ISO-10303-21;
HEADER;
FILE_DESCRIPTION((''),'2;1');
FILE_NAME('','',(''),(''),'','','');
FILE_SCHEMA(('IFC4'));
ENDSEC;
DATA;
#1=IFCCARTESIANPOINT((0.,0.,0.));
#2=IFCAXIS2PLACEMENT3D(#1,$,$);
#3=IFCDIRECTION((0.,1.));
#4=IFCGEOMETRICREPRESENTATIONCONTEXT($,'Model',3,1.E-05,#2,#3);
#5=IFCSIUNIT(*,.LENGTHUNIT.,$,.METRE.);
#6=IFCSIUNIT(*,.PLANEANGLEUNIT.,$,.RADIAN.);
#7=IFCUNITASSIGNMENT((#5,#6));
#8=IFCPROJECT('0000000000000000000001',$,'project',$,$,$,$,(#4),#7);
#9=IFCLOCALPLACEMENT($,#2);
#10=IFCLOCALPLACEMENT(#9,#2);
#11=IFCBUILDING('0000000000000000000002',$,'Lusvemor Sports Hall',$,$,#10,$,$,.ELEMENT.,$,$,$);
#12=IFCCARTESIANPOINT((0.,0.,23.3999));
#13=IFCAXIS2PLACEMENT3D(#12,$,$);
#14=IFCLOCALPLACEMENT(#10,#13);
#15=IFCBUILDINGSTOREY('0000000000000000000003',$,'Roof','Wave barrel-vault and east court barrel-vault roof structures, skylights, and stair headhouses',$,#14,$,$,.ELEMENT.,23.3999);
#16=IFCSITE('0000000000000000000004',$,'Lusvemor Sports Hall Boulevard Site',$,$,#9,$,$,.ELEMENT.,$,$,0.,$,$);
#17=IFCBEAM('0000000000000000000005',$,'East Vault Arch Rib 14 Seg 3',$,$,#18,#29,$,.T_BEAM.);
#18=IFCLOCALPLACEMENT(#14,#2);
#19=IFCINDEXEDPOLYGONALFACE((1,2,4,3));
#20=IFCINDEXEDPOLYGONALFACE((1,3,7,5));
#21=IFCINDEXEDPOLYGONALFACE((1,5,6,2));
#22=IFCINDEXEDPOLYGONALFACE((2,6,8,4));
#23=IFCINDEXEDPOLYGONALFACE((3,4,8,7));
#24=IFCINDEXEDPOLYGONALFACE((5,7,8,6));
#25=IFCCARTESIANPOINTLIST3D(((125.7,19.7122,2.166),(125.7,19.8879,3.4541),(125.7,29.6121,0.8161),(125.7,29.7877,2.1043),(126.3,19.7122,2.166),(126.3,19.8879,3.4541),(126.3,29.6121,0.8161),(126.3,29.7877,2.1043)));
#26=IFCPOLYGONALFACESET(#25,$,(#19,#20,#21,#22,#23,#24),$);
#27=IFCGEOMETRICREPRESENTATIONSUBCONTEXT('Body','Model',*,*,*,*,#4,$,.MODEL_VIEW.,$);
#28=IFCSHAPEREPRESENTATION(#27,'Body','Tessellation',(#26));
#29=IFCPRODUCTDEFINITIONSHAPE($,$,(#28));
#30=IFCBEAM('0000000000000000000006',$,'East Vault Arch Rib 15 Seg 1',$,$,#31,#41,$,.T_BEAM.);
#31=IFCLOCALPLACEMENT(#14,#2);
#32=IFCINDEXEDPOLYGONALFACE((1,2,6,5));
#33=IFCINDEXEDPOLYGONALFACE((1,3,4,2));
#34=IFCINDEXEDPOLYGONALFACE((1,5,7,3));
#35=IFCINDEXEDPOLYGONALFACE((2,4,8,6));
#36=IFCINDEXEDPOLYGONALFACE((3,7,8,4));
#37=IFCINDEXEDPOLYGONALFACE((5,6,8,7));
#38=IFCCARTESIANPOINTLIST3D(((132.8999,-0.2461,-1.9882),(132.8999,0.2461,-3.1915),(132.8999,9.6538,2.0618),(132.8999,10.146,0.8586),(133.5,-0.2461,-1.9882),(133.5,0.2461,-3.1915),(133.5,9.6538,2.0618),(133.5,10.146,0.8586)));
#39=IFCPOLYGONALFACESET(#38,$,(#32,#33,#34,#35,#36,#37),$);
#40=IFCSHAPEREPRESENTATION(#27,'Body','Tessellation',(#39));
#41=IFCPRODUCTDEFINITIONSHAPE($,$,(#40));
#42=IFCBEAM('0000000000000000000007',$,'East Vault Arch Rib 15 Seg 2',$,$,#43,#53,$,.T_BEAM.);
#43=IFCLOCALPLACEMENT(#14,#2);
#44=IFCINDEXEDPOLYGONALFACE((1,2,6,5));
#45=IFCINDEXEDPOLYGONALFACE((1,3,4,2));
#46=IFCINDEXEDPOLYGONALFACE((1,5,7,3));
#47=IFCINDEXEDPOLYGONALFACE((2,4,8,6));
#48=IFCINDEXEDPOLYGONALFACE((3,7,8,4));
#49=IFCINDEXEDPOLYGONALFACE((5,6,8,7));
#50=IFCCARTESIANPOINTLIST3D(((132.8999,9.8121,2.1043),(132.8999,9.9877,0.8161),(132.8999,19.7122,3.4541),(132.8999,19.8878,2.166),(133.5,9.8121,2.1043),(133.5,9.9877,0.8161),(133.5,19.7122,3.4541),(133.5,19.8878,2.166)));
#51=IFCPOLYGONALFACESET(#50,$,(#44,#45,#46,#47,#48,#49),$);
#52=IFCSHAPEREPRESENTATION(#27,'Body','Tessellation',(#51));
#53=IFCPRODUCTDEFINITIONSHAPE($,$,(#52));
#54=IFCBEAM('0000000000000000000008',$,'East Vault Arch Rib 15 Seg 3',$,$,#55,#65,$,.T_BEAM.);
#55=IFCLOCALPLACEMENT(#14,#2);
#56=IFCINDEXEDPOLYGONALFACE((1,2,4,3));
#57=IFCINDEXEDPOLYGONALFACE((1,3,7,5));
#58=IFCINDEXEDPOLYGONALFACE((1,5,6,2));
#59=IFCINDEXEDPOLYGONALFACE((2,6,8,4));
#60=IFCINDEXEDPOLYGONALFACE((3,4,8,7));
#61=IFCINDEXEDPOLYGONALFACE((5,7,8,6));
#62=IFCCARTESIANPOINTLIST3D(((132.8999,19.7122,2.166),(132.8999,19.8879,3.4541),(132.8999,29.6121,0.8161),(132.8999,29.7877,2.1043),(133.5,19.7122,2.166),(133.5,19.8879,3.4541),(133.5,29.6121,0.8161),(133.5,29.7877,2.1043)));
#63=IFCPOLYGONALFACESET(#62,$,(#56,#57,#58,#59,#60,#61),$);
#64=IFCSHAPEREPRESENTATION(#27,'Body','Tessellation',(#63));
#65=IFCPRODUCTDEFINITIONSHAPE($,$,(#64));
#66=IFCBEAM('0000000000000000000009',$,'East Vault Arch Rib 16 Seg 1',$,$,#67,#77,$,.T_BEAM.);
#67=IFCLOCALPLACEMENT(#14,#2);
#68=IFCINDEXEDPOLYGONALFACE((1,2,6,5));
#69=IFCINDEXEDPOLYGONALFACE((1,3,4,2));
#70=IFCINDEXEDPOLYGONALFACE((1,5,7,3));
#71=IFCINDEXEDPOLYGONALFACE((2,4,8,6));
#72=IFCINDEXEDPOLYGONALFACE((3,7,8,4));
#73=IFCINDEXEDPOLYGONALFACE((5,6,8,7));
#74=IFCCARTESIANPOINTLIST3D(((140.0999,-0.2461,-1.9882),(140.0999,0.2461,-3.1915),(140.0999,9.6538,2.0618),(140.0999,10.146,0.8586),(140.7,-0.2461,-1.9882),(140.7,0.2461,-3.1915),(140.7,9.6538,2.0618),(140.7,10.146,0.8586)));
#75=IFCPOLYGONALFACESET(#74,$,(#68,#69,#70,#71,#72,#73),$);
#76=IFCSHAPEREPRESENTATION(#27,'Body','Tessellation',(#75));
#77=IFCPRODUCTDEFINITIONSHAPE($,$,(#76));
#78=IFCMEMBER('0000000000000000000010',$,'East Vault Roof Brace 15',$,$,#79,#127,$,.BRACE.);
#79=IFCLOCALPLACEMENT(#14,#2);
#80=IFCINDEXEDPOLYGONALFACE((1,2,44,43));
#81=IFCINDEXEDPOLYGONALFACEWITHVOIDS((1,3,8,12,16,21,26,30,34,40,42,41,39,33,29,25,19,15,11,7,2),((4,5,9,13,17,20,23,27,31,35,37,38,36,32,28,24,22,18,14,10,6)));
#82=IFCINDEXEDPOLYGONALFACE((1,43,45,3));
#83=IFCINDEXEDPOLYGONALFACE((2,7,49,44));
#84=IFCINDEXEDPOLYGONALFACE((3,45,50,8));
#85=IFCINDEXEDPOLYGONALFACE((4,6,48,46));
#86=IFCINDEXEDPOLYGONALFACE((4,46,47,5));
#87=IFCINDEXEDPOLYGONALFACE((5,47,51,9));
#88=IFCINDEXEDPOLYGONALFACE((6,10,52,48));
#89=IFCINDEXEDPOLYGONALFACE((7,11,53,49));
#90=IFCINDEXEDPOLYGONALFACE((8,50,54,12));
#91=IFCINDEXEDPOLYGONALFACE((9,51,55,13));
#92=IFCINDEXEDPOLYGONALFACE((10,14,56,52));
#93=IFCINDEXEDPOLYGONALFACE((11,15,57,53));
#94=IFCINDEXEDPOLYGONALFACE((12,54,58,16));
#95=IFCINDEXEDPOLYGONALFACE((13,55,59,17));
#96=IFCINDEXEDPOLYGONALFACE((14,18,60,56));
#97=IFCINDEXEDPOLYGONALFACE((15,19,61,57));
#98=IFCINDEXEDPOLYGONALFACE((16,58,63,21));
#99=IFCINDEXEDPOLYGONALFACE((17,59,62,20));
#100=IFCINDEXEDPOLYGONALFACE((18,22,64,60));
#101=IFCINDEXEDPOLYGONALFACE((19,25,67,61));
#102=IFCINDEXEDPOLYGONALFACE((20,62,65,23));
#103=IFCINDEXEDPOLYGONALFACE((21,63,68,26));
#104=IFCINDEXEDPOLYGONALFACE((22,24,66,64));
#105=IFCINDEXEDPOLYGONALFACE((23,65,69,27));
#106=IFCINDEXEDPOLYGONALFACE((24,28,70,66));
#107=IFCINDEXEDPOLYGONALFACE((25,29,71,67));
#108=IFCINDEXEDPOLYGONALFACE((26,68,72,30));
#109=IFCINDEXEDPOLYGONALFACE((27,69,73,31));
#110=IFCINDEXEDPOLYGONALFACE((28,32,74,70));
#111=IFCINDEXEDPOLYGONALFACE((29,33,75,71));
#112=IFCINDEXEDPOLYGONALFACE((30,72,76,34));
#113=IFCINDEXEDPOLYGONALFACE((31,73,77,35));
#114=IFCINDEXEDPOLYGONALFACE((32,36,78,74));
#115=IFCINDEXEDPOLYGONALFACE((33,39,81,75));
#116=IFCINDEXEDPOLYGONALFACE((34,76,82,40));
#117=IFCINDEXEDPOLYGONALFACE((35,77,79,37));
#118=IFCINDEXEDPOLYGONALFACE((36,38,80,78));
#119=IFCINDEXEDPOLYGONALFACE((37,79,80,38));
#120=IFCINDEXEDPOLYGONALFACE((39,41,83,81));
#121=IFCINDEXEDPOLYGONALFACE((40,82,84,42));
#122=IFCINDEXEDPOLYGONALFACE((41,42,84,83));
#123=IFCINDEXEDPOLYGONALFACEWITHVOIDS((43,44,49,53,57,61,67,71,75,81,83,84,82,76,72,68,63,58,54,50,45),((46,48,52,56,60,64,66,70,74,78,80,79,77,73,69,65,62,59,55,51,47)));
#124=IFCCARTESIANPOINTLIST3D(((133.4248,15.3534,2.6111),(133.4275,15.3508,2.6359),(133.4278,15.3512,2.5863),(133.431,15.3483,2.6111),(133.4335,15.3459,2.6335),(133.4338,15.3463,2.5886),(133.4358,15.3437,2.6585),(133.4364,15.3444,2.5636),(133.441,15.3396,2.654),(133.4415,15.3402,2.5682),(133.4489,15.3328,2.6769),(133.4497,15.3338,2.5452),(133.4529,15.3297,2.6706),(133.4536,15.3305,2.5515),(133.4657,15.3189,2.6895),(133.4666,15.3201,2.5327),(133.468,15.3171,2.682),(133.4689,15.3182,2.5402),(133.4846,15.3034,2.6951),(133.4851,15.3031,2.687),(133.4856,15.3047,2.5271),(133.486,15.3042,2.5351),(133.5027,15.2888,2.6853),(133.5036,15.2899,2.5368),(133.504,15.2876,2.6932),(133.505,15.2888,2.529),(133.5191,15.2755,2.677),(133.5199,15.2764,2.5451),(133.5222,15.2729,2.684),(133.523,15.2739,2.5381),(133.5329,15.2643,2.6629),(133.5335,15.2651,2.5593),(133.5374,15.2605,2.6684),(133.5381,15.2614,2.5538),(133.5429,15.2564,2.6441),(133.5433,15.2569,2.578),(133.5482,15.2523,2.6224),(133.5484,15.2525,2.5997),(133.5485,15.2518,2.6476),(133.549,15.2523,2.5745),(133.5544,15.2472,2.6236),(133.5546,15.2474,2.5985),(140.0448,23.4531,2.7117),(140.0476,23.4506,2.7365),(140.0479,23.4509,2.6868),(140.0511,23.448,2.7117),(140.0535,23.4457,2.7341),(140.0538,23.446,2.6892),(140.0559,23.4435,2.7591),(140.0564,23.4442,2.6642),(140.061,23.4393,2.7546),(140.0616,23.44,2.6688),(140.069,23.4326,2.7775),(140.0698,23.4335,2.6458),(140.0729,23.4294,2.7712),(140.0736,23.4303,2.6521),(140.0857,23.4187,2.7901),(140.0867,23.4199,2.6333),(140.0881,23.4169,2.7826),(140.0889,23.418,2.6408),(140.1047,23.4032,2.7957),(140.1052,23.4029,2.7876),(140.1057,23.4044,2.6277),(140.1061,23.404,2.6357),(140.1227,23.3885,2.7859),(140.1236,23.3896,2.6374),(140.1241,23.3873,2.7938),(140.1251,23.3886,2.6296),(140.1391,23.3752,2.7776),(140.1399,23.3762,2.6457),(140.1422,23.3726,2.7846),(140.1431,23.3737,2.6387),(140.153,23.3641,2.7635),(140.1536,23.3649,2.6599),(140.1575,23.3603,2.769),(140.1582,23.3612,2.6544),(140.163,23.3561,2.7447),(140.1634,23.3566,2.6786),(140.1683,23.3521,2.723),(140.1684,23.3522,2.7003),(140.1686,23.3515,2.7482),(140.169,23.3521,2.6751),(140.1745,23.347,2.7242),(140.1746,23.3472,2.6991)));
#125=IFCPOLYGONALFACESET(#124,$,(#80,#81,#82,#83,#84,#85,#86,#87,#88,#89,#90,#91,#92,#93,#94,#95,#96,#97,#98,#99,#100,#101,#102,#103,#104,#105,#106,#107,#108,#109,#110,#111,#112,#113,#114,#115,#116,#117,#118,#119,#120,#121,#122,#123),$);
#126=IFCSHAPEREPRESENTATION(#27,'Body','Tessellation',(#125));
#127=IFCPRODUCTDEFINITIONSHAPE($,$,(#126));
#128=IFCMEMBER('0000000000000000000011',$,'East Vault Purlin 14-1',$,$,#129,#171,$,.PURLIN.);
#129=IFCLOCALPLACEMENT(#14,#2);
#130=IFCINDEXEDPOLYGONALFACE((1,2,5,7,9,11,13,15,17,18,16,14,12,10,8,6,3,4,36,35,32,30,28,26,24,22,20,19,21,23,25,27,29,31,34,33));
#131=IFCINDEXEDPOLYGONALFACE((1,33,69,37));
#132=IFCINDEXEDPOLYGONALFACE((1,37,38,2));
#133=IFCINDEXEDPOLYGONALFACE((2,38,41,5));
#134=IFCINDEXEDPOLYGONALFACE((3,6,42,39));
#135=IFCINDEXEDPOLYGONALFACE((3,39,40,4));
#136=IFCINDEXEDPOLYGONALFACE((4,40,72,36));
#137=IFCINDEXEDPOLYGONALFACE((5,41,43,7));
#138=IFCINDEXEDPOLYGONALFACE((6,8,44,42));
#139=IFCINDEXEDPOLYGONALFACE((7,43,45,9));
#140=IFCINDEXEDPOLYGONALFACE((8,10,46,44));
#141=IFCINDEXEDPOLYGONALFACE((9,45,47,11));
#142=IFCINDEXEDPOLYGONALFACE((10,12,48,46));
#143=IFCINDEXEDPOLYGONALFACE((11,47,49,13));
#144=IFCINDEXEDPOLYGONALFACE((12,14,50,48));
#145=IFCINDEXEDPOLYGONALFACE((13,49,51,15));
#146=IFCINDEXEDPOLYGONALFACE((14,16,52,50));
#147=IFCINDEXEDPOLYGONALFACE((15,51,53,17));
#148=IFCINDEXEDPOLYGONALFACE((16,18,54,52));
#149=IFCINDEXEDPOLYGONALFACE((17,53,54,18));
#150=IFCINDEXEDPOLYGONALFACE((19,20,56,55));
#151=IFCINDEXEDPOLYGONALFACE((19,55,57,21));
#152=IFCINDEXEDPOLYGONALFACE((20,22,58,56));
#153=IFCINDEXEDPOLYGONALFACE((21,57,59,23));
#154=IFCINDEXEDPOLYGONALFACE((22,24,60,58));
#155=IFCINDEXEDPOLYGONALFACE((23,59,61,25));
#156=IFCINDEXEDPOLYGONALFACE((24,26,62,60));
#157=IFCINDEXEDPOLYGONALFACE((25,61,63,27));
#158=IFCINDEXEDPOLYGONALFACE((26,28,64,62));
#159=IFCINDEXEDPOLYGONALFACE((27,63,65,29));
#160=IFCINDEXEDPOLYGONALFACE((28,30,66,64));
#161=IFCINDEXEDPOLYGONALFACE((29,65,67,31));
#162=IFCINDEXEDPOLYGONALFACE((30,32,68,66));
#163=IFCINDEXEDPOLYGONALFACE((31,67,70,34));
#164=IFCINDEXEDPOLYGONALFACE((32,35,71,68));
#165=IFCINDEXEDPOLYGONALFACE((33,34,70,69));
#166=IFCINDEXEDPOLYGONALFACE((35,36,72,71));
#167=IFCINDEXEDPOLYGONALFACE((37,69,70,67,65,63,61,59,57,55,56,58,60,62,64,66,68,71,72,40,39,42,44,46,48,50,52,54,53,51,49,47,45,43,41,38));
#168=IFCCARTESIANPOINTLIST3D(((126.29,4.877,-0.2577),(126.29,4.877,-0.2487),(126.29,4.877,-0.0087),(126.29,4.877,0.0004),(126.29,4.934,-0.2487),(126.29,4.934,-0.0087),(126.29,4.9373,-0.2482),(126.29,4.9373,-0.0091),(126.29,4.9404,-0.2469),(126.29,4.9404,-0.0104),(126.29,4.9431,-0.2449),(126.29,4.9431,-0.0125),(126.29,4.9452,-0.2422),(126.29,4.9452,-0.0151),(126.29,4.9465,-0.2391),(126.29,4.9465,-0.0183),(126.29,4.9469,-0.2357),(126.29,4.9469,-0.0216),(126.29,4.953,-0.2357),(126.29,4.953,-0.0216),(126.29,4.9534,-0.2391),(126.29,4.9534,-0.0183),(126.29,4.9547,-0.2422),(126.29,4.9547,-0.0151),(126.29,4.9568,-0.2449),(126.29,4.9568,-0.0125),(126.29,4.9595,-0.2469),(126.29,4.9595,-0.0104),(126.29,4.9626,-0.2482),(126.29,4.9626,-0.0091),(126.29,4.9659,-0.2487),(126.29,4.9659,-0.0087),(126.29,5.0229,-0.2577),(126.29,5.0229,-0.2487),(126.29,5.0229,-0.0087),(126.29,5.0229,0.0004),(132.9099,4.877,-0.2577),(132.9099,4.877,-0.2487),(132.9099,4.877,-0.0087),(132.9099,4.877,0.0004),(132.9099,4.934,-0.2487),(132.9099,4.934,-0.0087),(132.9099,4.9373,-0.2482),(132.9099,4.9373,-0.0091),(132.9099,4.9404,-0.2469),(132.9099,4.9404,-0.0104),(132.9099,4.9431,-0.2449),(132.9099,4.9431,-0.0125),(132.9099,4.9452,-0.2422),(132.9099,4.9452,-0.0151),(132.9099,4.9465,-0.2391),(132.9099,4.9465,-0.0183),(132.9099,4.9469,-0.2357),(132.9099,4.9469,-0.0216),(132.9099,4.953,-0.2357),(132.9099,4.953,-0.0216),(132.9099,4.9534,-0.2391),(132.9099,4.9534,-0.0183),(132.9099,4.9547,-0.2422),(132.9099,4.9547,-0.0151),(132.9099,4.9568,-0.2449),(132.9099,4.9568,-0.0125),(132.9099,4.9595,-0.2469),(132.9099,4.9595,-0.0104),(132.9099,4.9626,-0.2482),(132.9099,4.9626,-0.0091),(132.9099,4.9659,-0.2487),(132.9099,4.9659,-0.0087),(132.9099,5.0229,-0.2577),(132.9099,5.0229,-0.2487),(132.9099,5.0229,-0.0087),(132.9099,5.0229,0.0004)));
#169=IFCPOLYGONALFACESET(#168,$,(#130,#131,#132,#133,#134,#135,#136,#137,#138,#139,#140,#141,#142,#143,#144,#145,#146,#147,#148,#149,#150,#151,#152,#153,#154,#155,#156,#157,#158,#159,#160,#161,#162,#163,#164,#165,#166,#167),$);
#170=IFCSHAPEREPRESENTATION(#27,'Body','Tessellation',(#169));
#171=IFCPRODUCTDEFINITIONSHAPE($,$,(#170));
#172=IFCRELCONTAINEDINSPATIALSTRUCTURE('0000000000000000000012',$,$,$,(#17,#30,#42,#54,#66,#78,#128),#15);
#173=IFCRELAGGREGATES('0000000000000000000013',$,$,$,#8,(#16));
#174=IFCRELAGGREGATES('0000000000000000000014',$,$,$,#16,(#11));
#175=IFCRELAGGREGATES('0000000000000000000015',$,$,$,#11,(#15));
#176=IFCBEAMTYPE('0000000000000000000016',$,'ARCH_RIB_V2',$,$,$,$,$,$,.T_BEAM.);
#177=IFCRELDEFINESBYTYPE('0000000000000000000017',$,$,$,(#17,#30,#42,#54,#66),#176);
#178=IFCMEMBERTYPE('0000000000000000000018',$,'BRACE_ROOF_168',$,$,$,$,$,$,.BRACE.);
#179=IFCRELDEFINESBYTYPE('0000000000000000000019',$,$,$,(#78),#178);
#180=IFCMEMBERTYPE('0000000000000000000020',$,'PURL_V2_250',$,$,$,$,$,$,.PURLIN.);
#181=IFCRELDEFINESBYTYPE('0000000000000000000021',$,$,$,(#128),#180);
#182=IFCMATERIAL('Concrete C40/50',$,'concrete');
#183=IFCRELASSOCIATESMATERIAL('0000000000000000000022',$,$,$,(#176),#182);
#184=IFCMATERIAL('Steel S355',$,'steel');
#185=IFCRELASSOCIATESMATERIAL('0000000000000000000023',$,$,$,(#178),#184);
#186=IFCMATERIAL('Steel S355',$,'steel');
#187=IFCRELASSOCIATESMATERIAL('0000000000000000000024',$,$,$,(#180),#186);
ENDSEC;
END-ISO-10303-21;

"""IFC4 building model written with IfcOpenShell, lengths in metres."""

from ifc_helpers import new_model, si_unit, direction, frame, origin, origin_2d, place, context, subcontext, project, spatial, rectangle, hollow_circle, i_section, extrude, material, material_profile, profile_set, type_object, element, save


model = new_model("IFC4")

# Units and contexts
model_context = context("Model", 3, precision=1e-05, world=origin(), true_north=direction((0.0, 1.0)))
body_context = subcontext(model_context, "Body", "Model", "MODEL_VIEW")
ifc_project = project(units=[si_unit("LENGTHUNIT", "METRE"), si_unit("PLANEANGLEUNIT", "RADIAN")], contexts=[model_context])

# Site, building, storey
site_placement = place(None, origin())
site = spatial("IfcSite", under=ifc_project, at=site_placement, Name="Lusvemor Sports Hall Boulevard Site", CompositionType="ELEMENT", RefElevation=0.0)
building_placement = place(site_placement, origin())
building = spatial("IfcBuilding", under=site, at=building_placement, Name="Lusvemor Sports Hall", CompositionType="ELEMENT")
storey_placement = place(building_placement, frame((0.0, 0.0, 23.3999)))
storey = spatial("IfcBuildingStorey", under=building, at=storey_placement, Name="Roof", Description="Wave barrel-vault and east court barrel-vault roof structures, skylights, and stair headhouses", CompositionType="ELEMENT", Elevation=23.3999)

# Beams
ifc_material_1 = material(Name="Concrete C40/50", Category="concrete")
ifc_material_profile_1 = material_profile(ifc_material_1, rectangle(XDim=0.6001, YDim=1.3, at=origin_2d()), Name="RC600x1300")
ifc_profile_set_1 = profile_set([ifc_material_profile_1], Name="Concrete C40/50")
beam_type_1 = type_object("IfcBeamType", Name="ARCH_RIB_V2", PredefinedType="T_BEAM", material=ifc_profile_set_1)
beam_1_placement = place(storey_placement, frame((126.0, 19.8, 2.8101), z_axis=(0.0, 0.990832, -0.1351), x_axis=(-1.0, 0.0, 0.0)))
element("IfcBeam", 1, at=beam_1_placement, inside=storey, type_object=beam_type_1, Name="East Vault Arch Rib 14 Seg 3", PredefinedType="T_BEAM", context=body_context, shape_type="SweptSolid", body=[
    extrude(rectangle(XDim=0.6001, YDim=1.3, at=origin_2d()), origin(), (0.0, 0.0, 1.0), 9.9915),
])
beam_2_placement = place(storey_placement, frame((133.2, 0.0, -2.5898), z_axis=(0.0, 0.925544, 0.37864), x_axis=(-1.0, 0.0, 0.0)))
element("IfcBeam", 2, at=beam_2_placement, inside=storey, type_object=beam_type_1, Name="East Vault Arch Rib 15 Seg 1", PredefinedType="T_BEAM", context=body_context, shape_type="SweptSolid", body=[
    extrude(rectangle(XDim=0.6001, YDim=1.3, at=origin_2d()), origin(), (0.0, 0.0, 1.0), 10.6963),
])
beam_3_placement = place(storey_placement, frame((133.2, 9.8999, 1.4602), z_axis=(0.0, 0.990832, 0.135097), x_axis=(-1.0, 0.0, 0.0)))
element("IfcBeam", 3, at=beam_3_placement, inside=storey, type_object=beam_type_1, Name="East Vault Arch Rib 15 Seg 2", PredefinedType="T_BEAM", context=body_context, shape_type="SweptSolid", body=[
    extrude(rectangle(XDim=0.6001, YDim=1.3, at=origin_2d()), origin(), (0.0, 0.0, 1.0), 9.9917),
])
beam_4_placement = place(storey_placement, frame((133.2, 19.8, 2.8101), z_axis=(0.0, 0.990832, -0.1351), x_axis=(-1.0, 0.0, 0.0)))
element("IfcBeam", 4, at=beam_4_placement, inside=storey, type_object=beam_type_1, Name="East Vault Arch Rib 15 Seg 3", PredefinedType="T_BEAM", context=body_context, shape_type="SweptSolid", body=[
    extrude(rectangle(XDim=0.6001, YDim=1.3, at=origin_2d()), origin(), (0.0, 0.0, 1.0), 9.9915),
])
beam_5_placement = place(storey_placement, frame((140.3999, 0.0, -2.5898), z_axis=(0.0, 0.925544, 0.37864), x_axis=(-1.0, 0.0, 0.0)))
element("IfcBeam", 5, at=beam_5_placement, inside=storey, type_object=beam_type_1, Name="East Vault Arch Rib 16 Seg 1", PredefinedType="T_BEAM", context=body_context, shape_type="SweptSolid", body=[
    extrude(rectangle(XDim=0.6001, YDim=1.3, at=origin_2d()), origin(), (0.0, 0.0, 1.0), 10.6963),
])

# Members
ifc_material_2 = material(Name="Steel S355", Category="steel")
ifc_material_profile_2 = material_profile(ifc_material_2, hollow_circle(Radius=0.0842, WallThickness=0.0081, at=origin_2d()), Name="CHS168.3x8.0")
ifc_profile_set_2 = profile_set([ifc_material_profile_2], Name="Steel S355")
member_type_1 = type_object("IfcMemberType", Name="BRACE_ROOF_168", PredefinedType="BRACE", material=ifc_profile_set_2)
member_1_placement = place(storey_placement, frame((133.49, 15.3, 2.6111), z_axis=(0.632806, 0.774251, 0.009615), x_axis=(-0.774287, 0.632835, 0.0)))
element("IfcMember", 6, at=member_1_placement, inside=storey, type_object=member_type_1, Name="East Vault Roof Brace 15", PredefinedType="BRACE", context=body_context, shape_type="SweptSolid", body=[
    extrude(hollow_circle(Radius=0.0842, WallThickness=0.0081, at=origin_2d()), origin(), (0.0, 0.0, 1.0), 10.4614),
])
ifc_material_3 = material(Name="Steel S355", Category="steel")
ifc_material_profile_3 = material_profile(ifc_material_3, i_section(OverallWidth=0.146, OverallDepth=0.2581, WebThickness=0.0061, FlangeThickness=0.009, FilletRadius=0.0129, at=origin_2d()), Name="W250x32.7")
ifc_profile_set_3 = profile_set([ifc_material_profile_3], Name="Steel S355")
member_type_2 = type_object("IfcMemberType", Name="PURL_V2_250", PredefinedType="PURLIN", material=ifc_profile_set_3)
for number, where, z_axis, x_axis, name in (
    (7, (126.29, 4.95, -0.1287), (1.0, 0.0, 0.0), (0.0, 1.0, 0.0), "East Vault Purlin 14-1"),
):
    element("IfcMember", number, at=place(storey_placement, frame(where, z_axis=z_axis, x_axis=x_axis)), inside=storey, type_object=member_type_2, Name=name, PredefinedType="PURLIN", context=body_context, shape_type="SweptSolid", body=[
        extrude(i_section(OverallWidth=0.146, OverallDepth=0.2581, WebThickness=0.0061, FlangeThickness=0.009, FilletRadius=0.0129, at=origin_2d()), origin(), (0.0, 0.0, 1.0), 6.6199),
    ])

save(model, "model.ifc")
